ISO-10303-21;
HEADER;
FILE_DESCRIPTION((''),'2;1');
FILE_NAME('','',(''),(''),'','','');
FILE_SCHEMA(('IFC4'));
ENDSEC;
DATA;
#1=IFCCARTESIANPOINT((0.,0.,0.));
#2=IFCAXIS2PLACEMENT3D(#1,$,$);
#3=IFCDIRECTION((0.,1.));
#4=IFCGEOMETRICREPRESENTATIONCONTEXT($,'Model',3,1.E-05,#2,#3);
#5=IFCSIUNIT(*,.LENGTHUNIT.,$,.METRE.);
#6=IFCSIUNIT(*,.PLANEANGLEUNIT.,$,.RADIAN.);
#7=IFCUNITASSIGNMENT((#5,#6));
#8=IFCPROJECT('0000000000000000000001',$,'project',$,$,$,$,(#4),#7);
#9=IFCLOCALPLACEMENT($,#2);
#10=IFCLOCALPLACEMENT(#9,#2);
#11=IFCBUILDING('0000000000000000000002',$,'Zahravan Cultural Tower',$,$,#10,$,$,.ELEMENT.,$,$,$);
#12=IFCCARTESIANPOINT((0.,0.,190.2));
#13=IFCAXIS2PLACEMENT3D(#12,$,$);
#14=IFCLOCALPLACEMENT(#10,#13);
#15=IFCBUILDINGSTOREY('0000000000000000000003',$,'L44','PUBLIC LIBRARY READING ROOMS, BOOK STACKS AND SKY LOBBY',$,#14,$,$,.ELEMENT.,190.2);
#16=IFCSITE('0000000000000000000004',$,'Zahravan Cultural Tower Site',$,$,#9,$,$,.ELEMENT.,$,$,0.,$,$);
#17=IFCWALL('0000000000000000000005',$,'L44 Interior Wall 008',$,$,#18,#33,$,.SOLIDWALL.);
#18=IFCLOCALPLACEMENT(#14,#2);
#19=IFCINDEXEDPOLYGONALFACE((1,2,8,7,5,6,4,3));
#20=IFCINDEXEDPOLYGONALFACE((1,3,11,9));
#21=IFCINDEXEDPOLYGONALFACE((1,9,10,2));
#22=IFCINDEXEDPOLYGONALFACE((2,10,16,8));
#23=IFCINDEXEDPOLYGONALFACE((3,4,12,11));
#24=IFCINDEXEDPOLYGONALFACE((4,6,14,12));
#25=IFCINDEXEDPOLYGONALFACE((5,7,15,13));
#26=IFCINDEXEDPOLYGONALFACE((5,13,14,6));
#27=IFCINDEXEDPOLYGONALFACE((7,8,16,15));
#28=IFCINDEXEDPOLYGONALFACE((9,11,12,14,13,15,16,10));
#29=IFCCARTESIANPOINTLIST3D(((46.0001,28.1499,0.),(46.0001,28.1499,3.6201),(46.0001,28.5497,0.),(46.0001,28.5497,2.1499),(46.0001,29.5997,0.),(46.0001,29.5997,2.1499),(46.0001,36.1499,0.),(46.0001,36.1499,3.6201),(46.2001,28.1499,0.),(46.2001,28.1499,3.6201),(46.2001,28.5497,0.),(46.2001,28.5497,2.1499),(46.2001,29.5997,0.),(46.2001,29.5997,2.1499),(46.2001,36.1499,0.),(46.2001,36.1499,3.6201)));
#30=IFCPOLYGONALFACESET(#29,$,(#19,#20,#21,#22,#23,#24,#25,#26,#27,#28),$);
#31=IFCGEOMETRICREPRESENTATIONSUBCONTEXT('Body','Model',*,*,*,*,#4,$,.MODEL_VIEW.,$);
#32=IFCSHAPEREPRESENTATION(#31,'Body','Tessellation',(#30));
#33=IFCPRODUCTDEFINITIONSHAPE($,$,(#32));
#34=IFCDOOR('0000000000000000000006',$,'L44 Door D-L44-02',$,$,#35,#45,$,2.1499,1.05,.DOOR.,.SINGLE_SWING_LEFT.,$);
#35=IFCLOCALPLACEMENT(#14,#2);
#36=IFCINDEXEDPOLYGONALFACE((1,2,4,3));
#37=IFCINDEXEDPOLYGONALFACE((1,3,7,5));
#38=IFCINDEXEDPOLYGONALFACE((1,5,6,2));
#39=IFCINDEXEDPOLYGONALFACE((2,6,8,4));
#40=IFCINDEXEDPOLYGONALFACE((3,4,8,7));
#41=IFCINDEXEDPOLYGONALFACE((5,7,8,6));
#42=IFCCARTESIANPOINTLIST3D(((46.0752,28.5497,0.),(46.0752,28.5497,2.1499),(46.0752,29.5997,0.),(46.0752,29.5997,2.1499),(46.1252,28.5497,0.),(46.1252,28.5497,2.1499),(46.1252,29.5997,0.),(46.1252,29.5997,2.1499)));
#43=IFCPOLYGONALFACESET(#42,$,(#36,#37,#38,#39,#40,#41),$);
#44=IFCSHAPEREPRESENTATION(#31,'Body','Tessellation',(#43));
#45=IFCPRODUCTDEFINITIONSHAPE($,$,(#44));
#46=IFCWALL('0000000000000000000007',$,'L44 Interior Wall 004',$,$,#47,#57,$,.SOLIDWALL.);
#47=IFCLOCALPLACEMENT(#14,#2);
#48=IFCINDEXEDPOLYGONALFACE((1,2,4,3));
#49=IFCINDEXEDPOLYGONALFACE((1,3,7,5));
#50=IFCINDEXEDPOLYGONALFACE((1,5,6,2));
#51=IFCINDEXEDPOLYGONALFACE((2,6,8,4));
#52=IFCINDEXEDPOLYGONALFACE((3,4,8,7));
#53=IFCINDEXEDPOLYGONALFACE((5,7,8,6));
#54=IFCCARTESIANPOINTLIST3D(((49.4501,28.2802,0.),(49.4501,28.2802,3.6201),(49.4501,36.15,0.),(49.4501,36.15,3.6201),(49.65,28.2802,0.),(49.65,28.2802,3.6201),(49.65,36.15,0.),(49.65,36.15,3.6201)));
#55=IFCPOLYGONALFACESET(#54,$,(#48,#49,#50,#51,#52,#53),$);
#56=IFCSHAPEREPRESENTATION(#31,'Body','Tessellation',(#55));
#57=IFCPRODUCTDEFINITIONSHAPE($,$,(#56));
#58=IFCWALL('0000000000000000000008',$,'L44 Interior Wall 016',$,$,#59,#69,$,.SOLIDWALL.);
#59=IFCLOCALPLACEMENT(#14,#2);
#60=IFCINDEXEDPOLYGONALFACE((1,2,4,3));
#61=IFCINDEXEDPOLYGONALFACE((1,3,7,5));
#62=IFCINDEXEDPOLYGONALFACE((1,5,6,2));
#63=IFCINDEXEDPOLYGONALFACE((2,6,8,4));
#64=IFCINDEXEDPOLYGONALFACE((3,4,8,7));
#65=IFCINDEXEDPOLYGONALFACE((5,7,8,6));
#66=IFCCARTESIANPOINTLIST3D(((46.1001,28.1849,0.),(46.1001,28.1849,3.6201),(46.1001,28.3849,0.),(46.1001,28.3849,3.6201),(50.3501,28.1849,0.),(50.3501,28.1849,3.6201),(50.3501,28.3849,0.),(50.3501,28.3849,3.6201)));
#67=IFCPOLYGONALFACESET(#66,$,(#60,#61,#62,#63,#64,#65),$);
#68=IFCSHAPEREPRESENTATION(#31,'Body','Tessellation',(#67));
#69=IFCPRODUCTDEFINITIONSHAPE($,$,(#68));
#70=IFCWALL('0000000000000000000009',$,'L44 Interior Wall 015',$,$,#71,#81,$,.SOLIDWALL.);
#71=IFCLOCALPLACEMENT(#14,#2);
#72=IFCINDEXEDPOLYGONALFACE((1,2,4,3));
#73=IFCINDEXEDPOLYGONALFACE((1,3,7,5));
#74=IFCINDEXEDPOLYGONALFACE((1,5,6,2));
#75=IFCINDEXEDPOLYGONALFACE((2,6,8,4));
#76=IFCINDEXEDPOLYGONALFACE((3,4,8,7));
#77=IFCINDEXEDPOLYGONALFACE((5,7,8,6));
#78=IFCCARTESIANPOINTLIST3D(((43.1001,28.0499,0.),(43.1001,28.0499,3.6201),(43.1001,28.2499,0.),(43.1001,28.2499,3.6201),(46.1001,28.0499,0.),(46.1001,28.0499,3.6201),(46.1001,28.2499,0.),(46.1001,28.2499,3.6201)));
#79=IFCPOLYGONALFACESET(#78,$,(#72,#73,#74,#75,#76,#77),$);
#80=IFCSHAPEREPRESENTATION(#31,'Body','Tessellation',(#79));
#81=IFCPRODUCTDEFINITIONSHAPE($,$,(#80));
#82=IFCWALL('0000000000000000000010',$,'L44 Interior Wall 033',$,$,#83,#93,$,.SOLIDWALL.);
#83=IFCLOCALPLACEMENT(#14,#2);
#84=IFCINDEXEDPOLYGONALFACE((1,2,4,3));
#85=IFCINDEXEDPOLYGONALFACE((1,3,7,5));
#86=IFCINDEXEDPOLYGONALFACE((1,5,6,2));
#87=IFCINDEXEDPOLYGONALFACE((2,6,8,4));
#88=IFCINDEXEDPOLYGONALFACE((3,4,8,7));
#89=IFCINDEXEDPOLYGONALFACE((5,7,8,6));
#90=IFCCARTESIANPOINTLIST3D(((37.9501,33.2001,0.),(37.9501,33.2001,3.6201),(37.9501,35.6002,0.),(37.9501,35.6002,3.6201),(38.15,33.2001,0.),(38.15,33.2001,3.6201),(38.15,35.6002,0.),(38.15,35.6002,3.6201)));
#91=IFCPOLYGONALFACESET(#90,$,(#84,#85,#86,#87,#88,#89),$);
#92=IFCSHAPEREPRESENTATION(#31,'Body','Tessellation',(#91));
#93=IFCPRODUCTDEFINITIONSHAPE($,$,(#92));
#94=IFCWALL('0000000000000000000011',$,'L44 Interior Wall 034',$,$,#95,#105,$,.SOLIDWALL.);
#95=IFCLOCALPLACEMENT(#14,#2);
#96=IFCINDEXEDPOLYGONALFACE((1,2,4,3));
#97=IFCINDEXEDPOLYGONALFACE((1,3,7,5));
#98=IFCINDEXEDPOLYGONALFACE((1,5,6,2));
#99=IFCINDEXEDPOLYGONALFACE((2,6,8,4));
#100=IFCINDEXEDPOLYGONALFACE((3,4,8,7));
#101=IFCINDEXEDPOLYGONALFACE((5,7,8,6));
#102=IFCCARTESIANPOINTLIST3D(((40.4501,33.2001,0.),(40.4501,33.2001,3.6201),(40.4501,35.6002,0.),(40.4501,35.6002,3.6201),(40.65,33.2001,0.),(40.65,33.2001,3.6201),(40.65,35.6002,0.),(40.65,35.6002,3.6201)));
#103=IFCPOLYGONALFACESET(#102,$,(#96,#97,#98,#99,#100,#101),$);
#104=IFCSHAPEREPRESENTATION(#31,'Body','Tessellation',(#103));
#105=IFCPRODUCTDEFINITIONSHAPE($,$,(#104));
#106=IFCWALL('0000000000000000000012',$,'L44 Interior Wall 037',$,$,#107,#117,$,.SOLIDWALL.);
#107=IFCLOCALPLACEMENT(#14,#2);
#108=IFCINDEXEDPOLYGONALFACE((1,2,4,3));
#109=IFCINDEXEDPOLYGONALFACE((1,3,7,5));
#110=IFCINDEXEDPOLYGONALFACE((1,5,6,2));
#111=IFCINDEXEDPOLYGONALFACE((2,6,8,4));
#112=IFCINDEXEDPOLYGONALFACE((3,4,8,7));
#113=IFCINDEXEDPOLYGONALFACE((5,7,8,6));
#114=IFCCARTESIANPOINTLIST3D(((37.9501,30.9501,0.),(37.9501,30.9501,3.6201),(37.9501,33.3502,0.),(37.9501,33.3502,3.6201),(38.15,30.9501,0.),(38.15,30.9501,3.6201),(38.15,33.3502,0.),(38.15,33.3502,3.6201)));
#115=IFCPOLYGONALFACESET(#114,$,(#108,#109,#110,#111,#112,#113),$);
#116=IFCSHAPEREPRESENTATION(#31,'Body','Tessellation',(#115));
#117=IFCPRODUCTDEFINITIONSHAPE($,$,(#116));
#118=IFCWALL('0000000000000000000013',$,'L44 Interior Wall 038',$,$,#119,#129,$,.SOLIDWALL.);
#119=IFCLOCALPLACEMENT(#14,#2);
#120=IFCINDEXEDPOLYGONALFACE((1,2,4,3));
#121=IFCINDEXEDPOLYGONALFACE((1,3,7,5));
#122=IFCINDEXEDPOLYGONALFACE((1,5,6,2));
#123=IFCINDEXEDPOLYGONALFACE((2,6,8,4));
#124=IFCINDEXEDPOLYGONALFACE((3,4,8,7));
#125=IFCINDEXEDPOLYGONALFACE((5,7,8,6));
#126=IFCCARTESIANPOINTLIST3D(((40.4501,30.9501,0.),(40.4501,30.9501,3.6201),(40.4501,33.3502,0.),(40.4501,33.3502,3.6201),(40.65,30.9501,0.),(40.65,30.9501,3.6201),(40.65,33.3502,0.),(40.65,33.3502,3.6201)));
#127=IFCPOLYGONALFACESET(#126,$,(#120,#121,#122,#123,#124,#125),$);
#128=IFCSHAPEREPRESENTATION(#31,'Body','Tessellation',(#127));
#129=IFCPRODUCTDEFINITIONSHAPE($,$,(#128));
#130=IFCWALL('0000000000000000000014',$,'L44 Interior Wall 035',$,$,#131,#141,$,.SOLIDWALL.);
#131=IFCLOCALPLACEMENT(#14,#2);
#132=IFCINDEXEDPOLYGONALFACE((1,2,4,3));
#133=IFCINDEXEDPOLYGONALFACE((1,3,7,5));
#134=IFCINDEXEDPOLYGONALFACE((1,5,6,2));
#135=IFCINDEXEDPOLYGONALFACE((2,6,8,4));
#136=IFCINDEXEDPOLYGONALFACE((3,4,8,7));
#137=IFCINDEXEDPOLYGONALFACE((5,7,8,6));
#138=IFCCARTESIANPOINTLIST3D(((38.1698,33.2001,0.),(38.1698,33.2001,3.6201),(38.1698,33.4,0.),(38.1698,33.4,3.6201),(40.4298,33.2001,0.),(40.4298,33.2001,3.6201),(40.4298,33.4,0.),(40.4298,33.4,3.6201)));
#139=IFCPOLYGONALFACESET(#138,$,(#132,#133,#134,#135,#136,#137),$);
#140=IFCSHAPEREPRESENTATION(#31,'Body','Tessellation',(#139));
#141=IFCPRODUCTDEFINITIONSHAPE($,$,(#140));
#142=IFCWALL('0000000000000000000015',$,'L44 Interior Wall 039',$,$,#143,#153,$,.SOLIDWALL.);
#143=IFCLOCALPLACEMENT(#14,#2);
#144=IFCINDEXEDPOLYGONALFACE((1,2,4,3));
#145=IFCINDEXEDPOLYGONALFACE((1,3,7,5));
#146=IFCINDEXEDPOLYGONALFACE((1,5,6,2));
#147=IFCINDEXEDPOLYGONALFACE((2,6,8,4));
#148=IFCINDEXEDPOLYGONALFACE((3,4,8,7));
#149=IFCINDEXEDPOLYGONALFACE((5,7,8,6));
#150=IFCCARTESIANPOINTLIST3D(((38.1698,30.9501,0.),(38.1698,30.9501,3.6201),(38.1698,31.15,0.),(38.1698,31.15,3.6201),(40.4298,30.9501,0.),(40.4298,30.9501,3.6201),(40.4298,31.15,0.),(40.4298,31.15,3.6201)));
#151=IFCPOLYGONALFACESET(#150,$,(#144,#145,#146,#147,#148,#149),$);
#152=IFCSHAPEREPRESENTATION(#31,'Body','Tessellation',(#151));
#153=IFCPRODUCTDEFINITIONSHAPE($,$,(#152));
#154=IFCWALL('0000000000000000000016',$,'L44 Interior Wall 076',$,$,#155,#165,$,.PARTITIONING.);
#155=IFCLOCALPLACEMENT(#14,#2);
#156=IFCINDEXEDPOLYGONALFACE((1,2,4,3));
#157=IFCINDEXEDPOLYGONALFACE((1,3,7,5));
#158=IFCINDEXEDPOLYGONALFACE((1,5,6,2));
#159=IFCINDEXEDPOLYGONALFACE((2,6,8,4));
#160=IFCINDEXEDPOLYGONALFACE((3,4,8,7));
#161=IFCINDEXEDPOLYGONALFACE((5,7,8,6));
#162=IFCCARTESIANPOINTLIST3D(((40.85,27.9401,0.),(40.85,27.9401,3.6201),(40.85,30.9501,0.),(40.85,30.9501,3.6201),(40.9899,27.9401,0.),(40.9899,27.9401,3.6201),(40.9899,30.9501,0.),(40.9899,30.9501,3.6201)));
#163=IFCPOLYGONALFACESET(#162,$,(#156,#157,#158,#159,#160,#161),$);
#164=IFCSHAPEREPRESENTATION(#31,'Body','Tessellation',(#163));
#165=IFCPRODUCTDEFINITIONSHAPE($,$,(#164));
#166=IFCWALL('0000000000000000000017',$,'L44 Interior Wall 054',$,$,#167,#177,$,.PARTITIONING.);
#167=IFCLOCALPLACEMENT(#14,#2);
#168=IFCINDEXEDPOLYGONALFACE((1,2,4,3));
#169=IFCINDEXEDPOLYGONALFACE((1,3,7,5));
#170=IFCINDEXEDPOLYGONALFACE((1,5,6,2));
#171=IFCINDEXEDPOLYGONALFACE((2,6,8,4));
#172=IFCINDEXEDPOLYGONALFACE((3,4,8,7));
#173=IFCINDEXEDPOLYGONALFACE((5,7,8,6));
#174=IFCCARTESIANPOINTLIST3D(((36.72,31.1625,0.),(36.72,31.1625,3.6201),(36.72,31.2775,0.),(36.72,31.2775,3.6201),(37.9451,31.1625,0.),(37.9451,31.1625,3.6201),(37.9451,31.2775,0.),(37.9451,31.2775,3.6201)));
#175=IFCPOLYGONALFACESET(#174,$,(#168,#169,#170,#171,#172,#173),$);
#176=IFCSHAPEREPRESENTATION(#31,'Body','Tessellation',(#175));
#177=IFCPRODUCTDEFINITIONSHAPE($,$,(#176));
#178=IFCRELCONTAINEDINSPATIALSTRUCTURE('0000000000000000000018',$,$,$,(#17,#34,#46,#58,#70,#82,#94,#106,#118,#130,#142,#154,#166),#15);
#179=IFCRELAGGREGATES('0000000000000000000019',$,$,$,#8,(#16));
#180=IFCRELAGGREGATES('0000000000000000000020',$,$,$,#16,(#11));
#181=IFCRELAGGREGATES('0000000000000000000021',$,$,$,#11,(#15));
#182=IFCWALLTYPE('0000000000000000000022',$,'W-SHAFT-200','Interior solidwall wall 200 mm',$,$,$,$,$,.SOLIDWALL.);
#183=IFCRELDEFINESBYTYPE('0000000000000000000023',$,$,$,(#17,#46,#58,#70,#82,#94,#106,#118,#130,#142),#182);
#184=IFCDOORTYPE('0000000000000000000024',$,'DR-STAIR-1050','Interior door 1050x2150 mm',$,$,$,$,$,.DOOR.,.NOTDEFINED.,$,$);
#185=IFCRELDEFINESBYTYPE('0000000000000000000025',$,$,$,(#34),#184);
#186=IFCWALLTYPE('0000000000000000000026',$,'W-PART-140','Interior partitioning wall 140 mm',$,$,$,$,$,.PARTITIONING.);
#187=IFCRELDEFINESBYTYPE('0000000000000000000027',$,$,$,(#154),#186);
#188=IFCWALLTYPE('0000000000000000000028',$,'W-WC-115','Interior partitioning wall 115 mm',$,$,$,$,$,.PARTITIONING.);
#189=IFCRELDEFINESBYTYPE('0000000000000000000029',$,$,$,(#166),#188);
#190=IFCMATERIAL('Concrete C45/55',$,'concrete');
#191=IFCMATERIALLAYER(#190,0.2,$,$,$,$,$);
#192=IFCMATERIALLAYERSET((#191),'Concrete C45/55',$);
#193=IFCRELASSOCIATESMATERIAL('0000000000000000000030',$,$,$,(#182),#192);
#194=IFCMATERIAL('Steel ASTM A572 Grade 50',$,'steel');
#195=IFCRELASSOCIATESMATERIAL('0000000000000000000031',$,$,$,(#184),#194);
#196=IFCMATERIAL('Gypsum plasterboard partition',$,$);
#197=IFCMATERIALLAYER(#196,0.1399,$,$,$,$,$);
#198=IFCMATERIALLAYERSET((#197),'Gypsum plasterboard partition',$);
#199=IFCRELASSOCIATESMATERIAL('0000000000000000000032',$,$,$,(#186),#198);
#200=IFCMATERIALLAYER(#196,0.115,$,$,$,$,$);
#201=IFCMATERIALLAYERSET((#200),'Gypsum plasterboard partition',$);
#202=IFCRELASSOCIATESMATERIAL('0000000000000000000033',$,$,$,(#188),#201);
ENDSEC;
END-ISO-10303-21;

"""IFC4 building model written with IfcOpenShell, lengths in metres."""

from ifc_helpers import new_model, si_unit, direction, frame, frame_2d, origin, place, context, subcontext, project, spatial, rectangle, extrude, source, transform, mapped, material, layer, layer_set, type_object, element, fill, save


model = new_model("IFC4")

# Units and contexts
model_context = context("Model", 3, precision=1e-05, world=origin(), true_north=direction((0.0, 1.0)))
body_context = subcontext(model_context, "Body", "Model", "MODEL_VIEW")
ifc_project = project(units=[si_unit("LENGTHUNIT", "METRE"), si_unit("PLANEANGLEUNIT", "RADIAN")], contexts=[model_context])

# Site, building, storey
site_placement = place(None, origin())
site = spatial("IfcSite", under=ifc_project, at=site_placement, Name="Zahravan Cultural Tower Site", CompositionType="ELEMENT", RefElevation=0.0)
building_placement = place(site_placement, origin())
building = spatial("IfcBuilding", under=site, at=building_placement, Name="Zahravan Cultural Tower", CompositionType="ELEMENT")
storey_placement = place(building_placement, frame((0.0, 0.0, 190.2)))
storey = spatial("IfcBuildingStorey", under=building, at=storey_placement, Name="L44", Description="PUBLIC LIBRARY READING ROOMS, BOOK STACKS AND SKY LOBBY", CompositionType="ELEMENT", Elevation=190.2)

# Wall, opening, door
ifc_material_1 = material(Name="Concrete C45/55", Category="concrete")
ifc_layer_1 = layer(ifc_material_1, 0.2)
ifc_layer_set_1 = layer_set([ifc_layer_1], Name="Concrete C45/55")
wall_type_1 = type_object("IfcWallType", Name="W-SHAFT-200", Description="Interior solidwall wall 200 mm", PredefinedType="SOLIDWALL", material=ifc_layer_set_1)
wall_1_placement = place(storey_placement, frame((46.1001, 28.1499, 0.0), z_axis=(0.0, 0.0, 1.0), x_axis=(0.0, 1.0, 0.0)))
wall_1 = element("IfcWall", 1, at=wall_1_placement, inside=storey, type_object=wall_type_1, Name="L44 Interior Wall 008", PredefinedType="SOLIDWALL", context=body_context, shape_type="SweptSolid", body=[
    extrude(rectangle(XDim=8.0, YDim=0.2, at=frame_2d((4.0, 0.0))), origin(), (0.0, 0.0, 1.0), 3.6201),
])
opening_1_placement = place(wall_1_placement, frame((0.3999, 0.0, 0.0)))
opening_1 = element("IfcOpeningElement", 2, at=opening_1_placement, cuts=wall_1, PredefinedType="OPENING", context=body_context, shape_type="SweptSolid", body=[
    extrude(rectangle(XDim=1.05, YDim=2.1499, at=frame_2d((0.5249, 1.075))), frame((0.0, 0.1099, 0.0), z_axis=(0.0, -1.0, 0.0), x_axis=(1.0, 0.0, 0.0)), (0.0, 0.0, 1.0), 0.22),
])
ifc_material_2 = material(Name="Steel ASTM A572 Grade 50", Category="steel")
door_type_1 = type_object("IfcDoorType", Name="DR-STAIR-1050", Description="Interior door 1050x2150 mm", OperationType="NOTDEFINED", PredefinedType="DOOR", material=ifc_material_2)
shared_shape_1 = source(origin(), body_context, "Body", "SweptSolid", [
    extrude(rectangle(XDim=1.05, YDim=2.1499, at=frame_2d((0.5249, 1.075))), frame((0.0, 0.0249, 0.0), z_axis=(0.0, -1.0, 0.0), x_axis=(1.0, 0.0, 0.0)), (0.0, 0.0, 1.0), 0.05),
])
door_1_placement = place(opening_1_placement, origin())
door_1 = element("IfcDoor", 3, at=door_1_placement, inside=storey, type_object=door_type_1, Name="L44 Door D-L44-02", OperationType="SINGLE_SWING_LEFT", OverallHeight=2.1499, OverallWidth=1.05, PredefinedType="DOOR", context=body_context, shape_type="MappedRepresentation", body=[
    mapped(shared_shape_1, transform((0.0, 0.0, 0.0), x_axis=(1.0, 0.0, 0.0), y_axis=(0.0, 1.0, 0.0), z_axis=(0.0, 0.0, 1.0), scale=1.0)),
])
fill(opening_1, door_1)

# Walls
shared_shape_2 = source(origin(), body_context, "Body", "SweptSolid", [
    extrude(rectangle(XDim=7.8699, YDim=0.2, at=frame_2d((3.9351, 0.0))), origin(), (0.0, 0.0, 1.0), 3.6201),
])
wall_2_placement = place(storey_placement, frame((49.55, 28.28, 0.0), z_axis=(0.0, 0.0, 1.0), x_axis=(0.0, 1.0, 0.0)))
element("IfcWall", 4, at=wall_2_placement, inside=storey, type_object=wall_type_1, Name="L44 Interior Wall 004", PredefinedType="SOLIDWALL", context=body_context, shape_type="MappedRepresentation", body=[
    mapped(shared_shape_2, transform((0.0, 0.0, 0.0), x_axis=(1.0, 0.0, 0.0), y_axis=(0.0, 1.0, 0.0), z_axis=(0.0, 0.0, 1.0), scale=1.0)),
])
shared_shape_3 = source(origin(), body_context, "Body", "SweptSolid", [
    extrude(rectangle(XDim=4.25, YDim=0.2, at=frame_2d((2.125, 0.0))), origin(), (0.0, 0.0, 1.0), 3.6201),
])
wall_3_placement = place(storey_placement, frame((46.1001, 28.2849, 0.0), z_axis=(0.0, 0.0, 1.0), x_axis=(1.0, 0.0, 0.0)))
element("IfcWall", 5, at=wall_3_placement, inside=storey, type_object=wall_type_1, Name="L44 Interior Wall 016", PredefinedType="SOLIDWALL", context=body_context, shape_type="MappedRepresentation", body=[
    mapped(shared_shape_3, transform((0.0, 0.0, 0.0), x_axis=(1.0, 0.0, 0.0), y_axis=(0.0, 1.0, 0.0), z_axis=(0.0, 0.0, 1.0), scale=1.0)),
])
shared_shape_4 = source(origin(), body_context, "Body", "SweptSolid", [
    extrude(rectangle(XDim=3.0, YDim=0.2, at=frame_2d((1.5, 0.0))), origin(), (0.0, 0.0, 1.0), 3.6201),
])
wall_4_placement = place(storey_placement, frame((43.1001, 28.1499, 0.0), z_axis=(0.0, 0.0, 1.0), x_axis=(1.0, 0.0, 0.0)))
element("IfcWall", 6, at=wall_4_placement, inside=storey, type_object=wall_type_1, Name="L44 Interior Wall 015", PredefinedType="SOLIDWALL", context=body_context, shape_type="MappedRepresentation", body=[
    mapped(shared_shape_4, transform((0.0, 0.0, 0.0), x_axis=(1.0, 0.0, 0.0), y_axis=(0.0, 1.0, 0.0), z_axis=(0.0, 0.0, 1.0), scale=1.0)),
])
shared_shape_5 = source(origin(), body_context, "Body", "SweptSolid", [
    extrude(rectangle(XDim=2.4001, YDim=0.2, at=frame_2d((1.2002, 0.0))), origin(), (0.0, 0.0, 1.0), 3.6201),
])
for number, where, z_axis, x_axis, name in (
    (7, (38.05, 33.2, 0.0), (0.0, 0.0, 1.0), (0.0, 1.0, 0.0), "L44 Interior Wall 033"),
    (8, (40.55, 33.2, 0.0), (0.0, 0.0, 1.0), (0.0, 1.0, 0.0), "L44 Interior Wall 034"),
    (9, (38.05, 30.95, 0.0), (0.0, 0.0, 1.0), (0.0, 1.0, 0.0), "L44 Interior Wall 037"),
    (10, (40.55, 30.95, 0.0), (0.0, 0.0, 1.0), (0.0, 1.0, 0.0), "L44 Interior Wall 038"),
):
    element("IfcWall", number, at=place(storey_placement, frame(where, z_axis=z_axis, x_axis=x_axis)), inside=storey, type_object=wall_type_1, Name=name, PredefinedType="SOLIDWALL", context=body_context, shape_type="MappedRepresentation", body=[
        mapped(shared_shape_5, transform((0.0, 0.0, 0.0), x_axis=(1.0, 0.0, 0.0), y_axis=(0.0, 1.0, 0.0), z_axis=(0.0, 0.0, 1.0), scale=1.0)),
    ])
shared_shape_6 = source(origin(), body_context, "Body", "SweptSolid", [
    extrude(rectangle(XDim=2.26, YDim=0.2, at=frame_2d((1.1299, 0.0))), origin(), (0.0, 0.0, 1.0), 3.6201),
])
for number, where, z_axis, x_axis, name in (
    (11, (38.1699, 33.3, 0.0), (0.0, 0.0, 1.0), (1.0, 0.0, 0.0), "L44 Interior Wall 035"),
    (12, (38.1699, 31.05, 0.0), (0.0, 0.0, 1.0), (1.0, 0.0, 0.0), "L44 Interior Wall 039"),
):
    element("IfcWall", number, at=place(storey_placement, frame(where, z_axis=z_axis, x_axis=x_axis)), inside=storey, type_object=wall_type_1, Name=name, PredefinedType="SOLIDWALL", context=body_context, shape_type="MappedRepresentation", body=[
        mapped(shared_shape_6, transform((0.0, 0.0, 0.0), x_axis=(1.0, 0.0, 0.0), y_axis=(0.0, 1.0, 0.0), z_axis=(0.0, 0.0, 1.0), scale=1.0)),
    ])
ifc_material_3 = material(Name="Gypsum plasterboard partition")
ifc_layer_2 = layer(ifc_material_3, 0.1399)
ifc_layer_set_2 = layer_set([ifc_layer_2], Name="Gypsum plasterboard partition")
wall_type_2 = type_object("IfcWallType", Name="W-PART-140", Description="Interior partitioning wall 140 mm", PredefinedType="PARTITIONING", material=ifc_layer_set_2)
shared_shape_7 = source(origin(), body_context, "Body", "SweptSolid", [
    extrude(rectangle(XDim=3.01, YDim=0.1399, at=frame_2d((1.5049, 0.0))), origin(), (0.0, 0.0, 1.0), 3.6201),
])
wall_5_placement = place(storey_placement, frame((40.9199, 30.95, 0.0), z_axis=(0.0, 0.0, 1.0), x_axis=(0.0, -1.0, 0.0)))
element("IfcWall", 13, at=wall_5_placement, inside=storey, type_object=wall_type_2, Name="L44 Interior Wall 076", PredefinedType="PARTITIONING", context=body_context, shape_type="MappedRepresentation", body=[
    mapped(shared_shape_7, transform((0.0, 0.0, 0.0), x_axis=(1.0, 0.0, 0.0), y_axis=(0.0, 1.0, 0.0), z_axis=(0.0, 0.0, 1.0), scale=1.0)),
])
ifc_layer_3 = layer(ifc_material_3, 0.115)
ifc_layer_set_3 = layer_set([ifc_layer_3], Name="Gypsum plasterboard partition")
wall_type_3 = type_object("IfcWallType", Name="W-WC-115", Description="Interior partitioning wall 115 mm", PredefinedType="PARTITIONING", material=ifc_layer_set_3)
shared_shape_8 = source(origin(), body_context, "Body", "SweptSolid", [
    extrude(rectangle(XDim=1.2251, YDim=0.115, at=frame_2d((0.6125, 0.0))), origin(), (0.0, 0.0, 1.0), 3.6201),
])
wall_6_placement = place(storey_placement, frame((37.9451, 31.22, 0.0), z_axis=(0.0, 0.0, 1.0), x_axis=(-1.0, 0.0, 0.0)))
element("IfcWall", 14, at=wall_6_placement, inside=storey, type_object=wall_type_3, Name="L44 Interior Wall 054", PredefinedType="PARTITIONING", context=body_context, shape_type="MappedRepresentation", body=[
    mapped(shared_shape_8, transform((0.0, 0.0, 0.0), x_axis=(1.0, 0.0, 0.0), y_axis=(0.0, 1.0, 0.0), z_axis=(0.0, 0.0, 1.0), scale=1.0)),
])

save(model, "model.ifc")
